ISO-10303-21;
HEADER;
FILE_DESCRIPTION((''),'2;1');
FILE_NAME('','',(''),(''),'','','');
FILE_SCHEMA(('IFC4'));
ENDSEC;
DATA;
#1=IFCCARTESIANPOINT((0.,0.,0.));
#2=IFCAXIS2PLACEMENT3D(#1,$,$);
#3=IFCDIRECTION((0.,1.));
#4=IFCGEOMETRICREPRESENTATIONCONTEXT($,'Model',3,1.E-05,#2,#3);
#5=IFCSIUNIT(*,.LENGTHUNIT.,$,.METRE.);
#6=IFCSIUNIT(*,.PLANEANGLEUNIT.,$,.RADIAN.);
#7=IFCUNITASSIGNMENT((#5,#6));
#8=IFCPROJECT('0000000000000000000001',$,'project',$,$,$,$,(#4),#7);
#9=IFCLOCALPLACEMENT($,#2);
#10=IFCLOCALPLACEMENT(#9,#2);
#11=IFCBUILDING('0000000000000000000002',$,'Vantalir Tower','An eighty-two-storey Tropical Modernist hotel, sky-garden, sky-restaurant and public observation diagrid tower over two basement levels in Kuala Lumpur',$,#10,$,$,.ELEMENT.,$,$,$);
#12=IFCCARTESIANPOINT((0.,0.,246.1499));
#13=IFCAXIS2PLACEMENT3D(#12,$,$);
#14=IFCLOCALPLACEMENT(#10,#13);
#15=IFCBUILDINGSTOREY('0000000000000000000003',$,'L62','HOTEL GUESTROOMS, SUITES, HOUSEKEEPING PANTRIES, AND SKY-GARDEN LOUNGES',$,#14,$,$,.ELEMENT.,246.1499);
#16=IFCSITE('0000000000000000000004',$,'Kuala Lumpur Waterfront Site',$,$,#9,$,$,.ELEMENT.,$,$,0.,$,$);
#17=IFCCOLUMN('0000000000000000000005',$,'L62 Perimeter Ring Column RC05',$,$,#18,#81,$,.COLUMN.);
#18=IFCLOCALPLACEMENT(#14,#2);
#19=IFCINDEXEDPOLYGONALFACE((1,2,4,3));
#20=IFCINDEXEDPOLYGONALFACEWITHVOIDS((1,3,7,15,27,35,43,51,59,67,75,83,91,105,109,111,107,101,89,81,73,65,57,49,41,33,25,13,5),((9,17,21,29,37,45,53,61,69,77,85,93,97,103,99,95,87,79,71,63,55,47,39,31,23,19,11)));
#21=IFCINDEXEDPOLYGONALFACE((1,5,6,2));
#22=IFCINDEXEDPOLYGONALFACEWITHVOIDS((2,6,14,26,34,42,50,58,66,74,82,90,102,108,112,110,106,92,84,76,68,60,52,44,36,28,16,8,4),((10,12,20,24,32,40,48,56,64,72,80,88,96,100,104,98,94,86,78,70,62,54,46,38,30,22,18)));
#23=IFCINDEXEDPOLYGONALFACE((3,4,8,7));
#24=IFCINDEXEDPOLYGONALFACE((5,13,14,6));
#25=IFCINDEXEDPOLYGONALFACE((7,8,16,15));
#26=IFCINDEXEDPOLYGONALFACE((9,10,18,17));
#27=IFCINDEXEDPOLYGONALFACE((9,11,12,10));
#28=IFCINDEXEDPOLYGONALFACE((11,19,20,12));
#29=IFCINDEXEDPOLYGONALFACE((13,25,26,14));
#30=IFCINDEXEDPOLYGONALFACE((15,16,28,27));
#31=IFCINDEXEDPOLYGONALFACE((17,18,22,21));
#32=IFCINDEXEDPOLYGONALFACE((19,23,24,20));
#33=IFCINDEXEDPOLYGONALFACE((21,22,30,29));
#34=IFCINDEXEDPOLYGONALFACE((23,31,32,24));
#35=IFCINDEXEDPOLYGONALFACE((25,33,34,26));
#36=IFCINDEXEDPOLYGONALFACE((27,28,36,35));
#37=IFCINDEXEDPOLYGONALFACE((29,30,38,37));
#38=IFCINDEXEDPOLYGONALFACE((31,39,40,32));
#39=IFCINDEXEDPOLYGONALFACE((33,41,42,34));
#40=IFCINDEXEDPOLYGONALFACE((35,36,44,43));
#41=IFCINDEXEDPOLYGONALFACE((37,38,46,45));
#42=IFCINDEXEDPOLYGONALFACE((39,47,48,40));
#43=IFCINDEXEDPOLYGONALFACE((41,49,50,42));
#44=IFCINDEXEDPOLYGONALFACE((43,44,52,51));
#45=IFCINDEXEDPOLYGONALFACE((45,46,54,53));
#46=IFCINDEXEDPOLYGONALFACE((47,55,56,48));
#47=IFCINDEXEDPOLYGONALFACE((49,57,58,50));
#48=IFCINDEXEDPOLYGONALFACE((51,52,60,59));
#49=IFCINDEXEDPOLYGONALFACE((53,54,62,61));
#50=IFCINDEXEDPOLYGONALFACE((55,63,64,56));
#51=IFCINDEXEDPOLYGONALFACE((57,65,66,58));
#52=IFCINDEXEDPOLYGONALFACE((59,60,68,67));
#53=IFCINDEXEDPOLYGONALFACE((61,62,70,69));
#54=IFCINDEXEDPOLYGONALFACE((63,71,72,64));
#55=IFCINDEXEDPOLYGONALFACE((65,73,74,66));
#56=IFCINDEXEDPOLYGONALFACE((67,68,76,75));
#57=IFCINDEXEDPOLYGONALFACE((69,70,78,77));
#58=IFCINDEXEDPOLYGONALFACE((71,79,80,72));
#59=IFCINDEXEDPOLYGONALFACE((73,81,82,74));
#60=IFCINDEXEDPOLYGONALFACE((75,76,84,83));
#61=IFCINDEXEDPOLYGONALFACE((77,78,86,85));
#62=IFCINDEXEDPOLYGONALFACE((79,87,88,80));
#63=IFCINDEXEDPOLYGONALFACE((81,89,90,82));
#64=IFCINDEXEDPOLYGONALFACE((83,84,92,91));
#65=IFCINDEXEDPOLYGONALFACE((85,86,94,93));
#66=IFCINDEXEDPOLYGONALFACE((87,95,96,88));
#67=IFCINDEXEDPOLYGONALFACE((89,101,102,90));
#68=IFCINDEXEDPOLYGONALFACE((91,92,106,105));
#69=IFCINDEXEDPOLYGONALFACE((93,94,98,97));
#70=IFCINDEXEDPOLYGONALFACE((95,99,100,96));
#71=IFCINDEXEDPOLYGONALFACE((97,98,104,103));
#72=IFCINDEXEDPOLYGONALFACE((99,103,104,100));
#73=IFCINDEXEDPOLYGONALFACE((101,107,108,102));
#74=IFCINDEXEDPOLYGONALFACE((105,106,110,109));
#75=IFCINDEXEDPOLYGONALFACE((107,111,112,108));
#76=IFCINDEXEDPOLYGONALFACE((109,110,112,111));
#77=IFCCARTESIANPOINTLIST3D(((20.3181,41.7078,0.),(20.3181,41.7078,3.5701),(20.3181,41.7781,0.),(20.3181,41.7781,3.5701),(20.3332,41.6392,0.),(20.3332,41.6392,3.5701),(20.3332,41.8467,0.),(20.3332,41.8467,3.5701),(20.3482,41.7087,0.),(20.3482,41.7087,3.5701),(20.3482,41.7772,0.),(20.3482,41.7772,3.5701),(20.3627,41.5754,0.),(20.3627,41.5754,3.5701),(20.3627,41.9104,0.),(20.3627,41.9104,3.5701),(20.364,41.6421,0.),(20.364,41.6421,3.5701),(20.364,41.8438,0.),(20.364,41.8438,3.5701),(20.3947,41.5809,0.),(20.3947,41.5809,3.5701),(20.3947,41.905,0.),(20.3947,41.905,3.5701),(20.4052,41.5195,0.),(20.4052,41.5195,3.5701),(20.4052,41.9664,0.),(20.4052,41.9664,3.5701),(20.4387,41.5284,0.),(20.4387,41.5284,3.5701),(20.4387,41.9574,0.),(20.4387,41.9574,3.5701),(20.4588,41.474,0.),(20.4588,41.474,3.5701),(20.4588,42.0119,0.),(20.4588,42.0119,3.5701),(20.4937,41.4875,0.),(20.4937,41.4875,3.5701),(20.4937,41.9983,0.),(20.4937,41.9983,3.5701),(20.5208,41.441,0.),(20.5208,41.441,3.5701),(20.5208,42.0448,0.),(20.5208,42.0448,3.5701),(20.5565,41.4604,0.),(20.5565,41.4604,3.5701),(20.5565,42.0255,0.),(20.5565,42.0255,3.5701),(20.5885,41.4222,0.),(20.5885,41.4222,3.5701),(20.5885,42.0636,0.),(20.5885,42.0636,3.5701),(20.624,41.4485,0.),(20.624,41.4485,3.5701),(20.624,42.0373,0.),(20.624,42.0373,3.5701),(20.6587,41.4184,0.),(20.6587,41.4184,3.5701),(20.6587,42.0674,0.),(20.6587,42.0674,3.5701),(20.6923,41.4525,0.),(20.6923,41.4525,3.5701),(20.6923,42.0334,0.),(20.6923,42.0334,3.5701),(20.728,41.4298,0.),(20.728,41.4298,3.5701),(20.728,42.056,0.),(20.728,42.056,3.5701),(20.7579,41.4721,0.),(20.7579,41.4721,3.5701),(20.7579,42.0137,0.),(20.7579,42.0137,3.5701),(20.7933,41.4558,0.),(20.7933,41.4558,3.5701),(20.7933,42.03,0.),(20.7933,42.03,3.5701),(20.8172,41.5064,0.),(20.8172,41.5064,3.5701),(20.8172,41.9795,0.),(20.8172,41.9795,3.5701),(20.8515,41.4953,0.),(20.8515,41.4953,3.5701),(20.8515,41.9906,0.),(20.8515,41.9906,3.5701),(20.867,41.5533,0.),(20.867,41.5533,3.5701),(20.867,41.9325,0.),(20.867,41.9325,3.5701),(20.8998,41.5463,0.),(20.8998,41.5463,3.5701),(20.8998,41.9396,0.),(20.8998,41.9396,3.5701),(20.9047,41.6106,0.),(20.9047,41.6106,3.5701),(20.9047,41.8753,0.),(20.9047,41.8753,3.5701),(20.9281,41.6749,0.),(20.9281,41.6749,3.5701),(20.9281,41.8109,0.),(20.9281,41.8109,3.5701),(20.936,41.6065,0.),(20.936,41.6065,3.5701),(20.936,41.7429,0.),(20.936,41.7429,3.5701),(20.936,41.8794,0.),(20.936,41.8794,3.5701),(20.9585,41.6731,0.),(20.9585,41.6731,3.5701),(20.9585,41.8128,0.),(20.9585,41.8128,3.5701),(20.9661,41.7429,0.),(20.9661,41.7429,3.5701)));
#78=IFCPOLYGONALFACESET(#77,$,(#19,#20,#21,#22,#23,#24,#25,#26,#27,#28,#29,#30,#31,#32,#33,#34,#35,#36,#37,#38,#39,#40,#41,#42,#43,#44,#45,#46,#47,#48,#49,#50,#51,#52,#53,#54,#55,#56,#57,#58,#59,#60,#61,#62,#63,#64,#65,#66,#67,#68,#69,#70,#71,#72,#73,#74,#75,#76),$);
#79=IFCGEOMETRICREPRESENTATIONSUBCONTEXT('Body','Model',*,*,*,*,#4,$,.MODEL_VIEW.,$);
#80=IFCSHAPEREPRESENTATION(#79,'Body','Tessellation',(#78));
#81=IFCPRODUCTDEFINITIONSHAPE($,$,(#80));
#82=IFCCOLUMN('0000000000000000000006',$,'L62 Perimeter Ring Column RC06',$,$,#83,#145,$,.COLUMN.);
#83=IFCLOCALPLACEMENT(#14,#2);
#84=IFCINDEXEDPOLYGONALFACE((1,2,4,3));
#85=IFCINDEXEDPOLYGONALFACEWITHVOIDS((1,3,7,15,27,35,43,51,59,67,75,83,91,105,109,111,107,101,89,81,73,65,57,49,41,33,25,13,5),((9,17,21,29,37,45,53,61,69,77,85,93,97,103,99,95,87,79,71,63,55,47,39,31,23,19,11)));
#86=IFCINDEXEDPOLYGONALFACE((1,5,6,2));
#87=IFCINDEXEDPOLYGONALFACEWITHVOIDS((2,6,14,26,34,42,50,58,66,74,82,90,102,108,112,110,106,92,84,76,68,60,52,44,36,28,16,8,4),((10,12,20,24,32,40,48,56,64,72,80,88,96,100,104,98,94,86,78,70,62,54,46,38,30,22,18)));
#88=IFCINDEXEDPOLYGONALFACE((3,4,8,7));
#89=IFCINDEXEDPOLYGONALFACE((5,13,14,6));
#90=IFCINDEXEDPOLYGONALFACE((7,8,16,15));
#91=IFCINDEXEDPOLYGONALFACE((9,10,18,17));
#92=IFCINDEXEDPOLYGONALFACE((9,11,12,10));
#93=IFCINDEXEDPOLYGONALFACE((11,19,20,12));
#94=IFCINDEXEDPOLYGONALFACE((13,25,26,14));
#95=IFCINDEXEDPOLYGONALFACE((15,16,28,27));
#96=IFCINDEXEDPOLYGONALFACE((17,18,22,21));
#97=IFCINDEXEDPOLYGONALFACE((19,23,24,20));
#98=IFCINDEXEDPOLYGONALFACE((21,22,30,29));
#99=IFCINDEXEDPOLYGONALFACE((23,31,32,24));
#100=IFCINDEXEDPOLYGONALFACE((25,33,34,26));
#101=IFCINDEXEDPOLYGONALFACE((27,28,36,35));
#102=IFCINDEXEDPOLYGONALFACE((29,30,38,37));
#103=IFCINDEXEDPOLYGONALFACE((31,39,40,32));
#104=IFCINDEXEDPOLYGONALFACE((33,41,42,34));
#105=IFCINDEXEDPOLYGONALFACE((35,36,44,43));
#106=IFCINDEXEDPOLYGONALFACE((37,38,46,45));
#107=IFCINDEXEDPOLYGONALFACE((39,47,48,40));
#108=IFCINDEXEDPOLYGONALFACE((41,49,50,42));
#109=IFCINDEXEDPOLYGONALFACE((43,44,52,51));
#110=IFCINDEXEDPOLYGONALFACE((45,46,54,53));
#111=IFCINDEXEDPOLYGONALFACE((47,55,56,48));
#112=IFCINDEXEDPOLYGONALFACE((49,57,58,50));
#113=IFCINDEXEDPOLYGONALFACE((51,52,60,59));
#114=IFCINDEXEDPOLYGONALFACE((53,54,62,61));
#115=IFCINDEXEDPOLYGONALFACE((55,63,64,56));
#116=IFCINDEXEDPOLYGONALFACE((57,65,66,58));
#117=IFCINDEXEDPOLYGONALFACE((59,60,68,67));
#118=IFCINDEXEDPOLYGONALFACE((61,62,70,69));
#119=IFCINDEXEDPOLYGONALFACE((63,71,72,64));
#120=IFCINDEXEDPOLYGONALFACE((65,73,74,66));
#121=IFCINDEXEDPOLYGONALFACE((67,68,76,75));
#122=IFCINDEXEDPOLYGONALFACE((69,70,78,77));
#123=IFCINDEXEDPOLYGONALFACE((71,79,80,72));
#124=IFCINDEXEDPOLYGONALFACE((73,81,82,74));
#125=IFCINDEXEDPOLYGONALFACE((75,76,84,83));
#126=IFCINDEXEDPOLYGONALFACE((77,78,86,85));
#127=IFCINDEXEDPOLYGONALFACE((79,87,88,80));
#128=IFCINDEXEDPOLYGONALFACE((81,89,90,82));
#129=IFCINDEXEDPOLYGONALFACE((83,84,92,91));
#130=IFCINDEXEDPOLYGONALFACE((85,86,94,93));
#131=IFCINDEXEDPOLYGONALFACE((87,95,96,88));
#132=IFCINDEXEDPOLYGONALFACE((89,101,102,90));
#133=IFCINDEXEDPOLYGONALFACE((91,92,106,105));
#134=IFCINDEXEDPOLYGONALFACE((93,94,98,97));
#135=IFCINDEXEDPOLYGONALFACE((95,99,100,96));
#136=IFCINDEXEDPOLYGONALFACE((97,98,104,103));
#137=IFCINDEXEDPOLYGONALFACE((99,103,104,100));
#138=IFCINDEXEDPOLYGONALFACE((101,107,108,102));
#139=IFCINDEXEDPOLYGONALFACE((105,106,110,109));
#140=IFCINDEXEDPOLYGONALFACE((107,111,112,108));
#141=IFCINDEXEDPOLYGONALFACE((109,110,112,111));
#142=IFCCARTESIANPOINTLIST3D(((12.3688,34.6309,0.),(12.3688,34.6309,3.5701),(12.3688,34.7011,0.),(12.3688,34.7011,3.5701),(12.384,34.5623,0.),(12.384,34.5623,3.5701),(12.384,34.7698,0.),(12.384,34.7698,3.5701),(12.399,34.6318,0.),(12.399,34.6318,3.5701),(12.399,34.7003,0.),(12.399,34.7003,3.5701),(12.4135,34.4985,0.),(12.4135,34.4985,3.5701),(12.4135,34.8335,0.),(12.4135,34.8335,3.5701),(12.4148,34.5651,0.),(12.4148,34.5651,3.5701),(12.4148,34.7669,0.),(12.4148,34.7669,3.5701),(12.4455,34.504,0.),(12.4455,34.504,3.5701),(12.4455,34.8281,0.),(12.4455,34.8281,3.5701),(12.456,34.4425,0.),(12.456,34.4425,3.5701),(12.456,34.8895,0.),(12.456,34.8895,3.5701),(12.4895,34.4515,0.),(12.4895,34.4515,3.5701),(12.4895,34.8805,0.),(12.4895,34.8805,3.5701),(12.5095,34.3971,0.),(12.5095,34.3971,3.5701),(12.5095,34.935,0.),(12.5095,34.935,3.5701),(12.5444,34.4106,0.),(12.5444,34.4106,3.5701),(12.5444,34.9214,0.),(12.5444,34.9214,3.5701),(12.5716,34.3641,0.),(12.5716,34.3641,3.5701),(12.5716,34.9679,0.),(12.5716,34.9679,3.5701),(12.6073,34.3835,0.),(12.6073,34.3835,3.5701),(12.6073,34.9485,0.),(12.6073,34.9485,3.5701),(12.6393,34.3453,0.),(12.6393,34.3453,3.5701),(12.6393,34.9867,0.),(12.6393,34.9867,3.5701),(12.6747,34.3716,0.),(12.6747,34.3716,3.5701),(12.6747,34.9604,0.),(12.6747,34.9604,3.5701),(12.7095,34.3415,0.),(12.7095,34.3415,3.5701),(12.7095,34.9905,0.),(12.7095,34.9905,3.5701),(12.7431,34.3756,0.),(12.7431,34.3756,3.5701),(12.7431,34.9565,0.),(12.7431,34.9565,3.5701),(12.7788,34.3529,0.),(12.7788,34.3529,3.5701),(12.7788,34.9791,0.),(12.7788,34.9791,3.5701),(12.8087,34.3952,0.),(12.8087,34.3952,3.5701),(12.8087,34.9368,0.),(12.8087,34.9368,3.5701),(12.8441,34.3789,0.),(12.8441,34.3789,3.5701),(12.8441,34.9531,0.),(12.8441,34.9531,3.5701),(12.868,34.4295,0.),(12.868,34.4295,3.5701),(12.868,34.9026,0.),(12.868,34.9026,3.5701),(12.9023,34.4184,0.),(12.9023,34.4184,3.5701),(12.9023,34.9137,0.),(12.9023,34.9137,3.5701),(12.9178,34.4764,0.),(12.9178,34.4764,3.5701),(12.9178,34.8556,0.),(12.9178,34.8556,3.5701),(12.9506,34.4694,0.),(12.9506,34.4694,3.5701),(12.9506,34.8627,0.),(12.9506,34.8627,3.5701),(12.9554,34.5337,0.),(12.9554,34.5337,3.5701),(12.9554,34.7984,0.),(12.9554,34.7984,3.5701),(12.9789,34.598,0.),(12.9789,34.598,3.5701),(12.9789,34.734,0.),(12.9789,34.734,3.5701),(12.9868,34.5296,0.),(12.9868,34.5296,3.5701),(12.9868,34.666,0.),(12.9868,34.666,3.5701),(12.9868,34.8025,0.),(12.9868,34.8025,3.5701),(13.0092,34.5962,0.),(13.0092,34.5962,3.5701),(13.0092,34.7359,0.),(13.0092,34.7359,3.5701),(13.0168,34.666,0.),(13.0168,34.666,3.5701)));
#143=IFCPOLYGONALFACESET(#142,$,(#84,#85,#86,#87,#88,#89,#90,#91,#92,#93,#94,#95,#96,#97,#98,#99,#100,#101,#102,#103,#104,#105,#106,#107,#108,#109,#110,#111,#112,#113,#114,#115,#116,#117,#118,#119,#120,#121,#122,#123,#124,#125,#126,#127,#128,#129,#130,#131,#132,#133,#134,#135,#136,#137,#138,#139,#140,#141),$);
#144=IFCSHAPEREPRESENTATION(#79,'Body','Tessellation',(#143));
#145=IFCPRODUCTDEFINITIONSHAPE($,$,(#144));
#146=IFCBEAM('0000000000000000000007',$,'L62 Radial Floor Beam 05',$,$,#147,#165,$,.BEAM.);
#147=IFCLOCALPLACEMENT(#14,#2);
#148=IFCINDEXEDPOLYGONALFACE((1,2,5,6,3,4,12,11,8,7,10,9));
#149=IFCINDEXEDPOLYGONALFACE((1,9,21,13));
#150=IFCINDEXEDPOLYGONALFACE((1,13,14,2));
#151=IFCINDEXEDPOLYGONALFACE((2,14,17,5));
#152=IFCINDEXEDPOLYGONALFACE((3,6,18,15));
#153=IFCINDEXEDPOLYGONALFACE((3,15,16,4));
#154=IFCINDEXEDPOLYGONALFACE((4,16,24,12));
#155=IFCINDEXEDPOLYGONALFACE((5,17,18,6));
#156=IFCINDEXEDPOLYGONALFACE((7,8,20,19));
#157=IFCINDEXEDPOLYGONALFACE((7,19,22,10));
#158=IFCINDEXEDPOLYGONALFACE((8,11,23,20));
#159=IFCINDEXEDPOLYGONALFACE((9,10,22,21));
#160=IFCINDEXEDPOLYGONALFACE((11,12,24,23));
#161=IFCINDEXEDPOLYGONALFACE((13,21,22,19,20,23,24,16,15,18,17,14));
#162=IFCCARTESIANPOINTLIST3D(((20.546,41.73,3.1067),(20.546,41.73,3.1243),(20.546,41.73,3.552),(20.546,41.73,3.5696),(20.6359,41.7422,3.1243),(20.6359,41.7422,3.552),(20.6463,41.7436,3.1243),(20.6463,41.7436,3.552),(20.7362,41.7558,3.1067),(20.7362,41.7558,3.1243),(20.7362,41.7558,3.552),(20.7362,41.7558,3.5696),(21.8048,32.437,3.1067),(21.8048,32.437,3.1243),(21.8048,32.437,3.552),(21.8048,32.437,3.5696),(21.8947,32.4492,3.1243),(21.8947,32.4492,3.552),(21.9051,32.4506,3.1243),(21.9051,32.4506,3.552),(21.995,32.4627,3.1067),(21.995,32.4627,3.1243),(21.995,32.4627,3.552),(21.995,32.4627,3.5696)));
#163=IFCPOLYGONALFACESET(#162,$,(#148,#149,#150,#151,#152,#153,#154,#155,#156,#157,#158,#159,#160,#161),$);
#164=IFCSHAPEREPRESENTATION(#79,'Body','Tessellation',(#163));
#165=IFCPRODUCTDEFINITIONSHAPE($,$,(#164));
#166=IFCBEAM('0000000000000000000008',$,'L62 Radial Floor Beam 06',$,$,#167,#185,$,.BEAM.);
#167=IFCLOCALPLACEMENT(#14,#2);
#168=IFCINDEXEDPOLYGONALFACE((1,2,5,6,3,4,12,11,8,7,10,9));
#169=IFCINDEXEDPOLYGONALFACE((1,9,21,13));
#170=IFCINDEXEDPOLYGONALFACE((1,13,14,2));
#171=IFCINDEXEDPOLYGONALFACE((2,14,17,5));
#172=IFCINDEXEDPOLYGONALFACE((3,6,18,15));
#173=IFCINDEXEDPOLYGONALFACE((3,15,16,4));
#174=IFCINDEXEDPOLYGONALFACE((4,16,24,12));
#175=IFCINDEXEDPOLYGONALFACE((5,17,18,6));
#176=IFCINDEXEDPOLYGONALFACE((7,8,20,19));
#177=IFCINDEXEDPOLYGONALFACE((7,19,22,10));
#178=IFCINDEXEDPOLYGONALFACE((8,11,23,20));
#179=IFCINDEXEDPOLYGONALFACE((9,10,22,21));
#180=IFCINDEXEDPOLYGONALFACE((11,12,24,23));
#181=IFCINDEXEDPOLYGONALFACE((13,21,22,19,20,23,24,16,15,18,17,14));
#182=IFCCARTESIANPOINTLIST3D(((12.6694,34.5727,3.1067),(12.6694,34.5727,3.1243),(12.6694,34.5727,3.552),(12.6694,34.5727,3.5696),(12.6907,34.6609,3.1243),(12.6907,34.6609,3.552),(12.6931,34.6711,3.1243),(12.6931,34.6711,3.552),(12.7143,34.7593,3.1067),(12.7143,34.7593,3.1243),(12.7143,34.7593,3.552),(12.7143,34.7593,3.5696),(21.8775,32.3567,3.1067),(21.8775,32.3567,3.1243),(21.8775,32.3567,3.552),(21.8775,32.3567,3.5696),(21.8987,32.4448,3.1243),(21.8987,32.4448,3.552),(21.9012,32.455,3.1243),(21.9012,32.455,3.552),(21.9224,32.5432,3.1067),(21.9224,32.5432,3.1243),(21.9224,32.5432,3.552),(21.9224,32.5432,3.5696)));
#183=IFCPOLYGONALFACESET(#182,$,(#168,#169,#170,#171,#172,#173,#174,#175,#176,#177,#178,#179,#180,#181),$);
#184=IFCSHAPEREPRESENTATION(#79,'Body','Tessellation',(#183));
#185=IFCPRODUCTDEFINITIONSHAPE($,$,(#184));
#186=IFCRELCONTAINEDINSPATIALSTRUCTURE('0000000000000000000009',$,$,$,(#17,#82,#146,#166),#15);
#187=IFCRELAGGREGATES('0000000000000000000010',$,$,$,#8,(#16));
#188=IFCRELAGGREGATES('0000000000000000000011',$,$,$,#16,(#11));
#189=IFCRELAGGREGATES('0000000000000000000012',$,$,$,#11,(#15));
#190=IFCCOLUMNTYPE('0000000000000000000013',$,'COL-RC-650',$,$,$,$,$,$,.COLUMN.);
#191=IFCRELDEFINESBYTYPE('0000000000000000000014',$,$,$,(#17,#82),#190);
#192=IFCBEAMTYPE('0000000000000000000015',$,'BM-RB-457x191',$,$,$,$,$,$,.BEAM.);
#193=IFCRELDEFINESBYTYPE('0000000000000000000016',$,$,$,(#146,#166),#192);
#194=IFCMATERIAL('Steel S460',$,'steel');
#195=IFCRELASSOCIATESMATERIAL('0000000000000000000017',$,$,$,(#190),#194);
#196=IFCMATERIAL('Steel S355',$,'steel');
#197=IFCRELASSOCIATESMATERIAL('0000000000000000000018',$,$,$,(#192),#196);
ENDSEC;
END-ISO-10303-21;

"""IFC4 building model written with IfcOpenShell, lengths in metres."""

from ifc_helpers import new_model, si_unit, direction, frame, origin, origin_2d, place, context, subcontext, project, spatial, hollow_circle, i_section, extrude, material, material_profile, profile_set, type_object, element, save


model = new_model("IFC4")

# Units and contexts
model_context = context("Model", 3, precision=1e-05, world=origin(), true_north=direction((0.0, 1.0)))
body_context = subcontext(model_context, "Body", "Model", "MODEL_VIEW")
ifc_project = project(units=[si_unit("LENGTHUNIT", "METRE"), si_unit("PLANEANGLEUNIT", "RADIAN")], contexts=[model_context])

# Site, building, storey
site_placement = place(None, origin())
site = spatial("IfcSite", under=ifc_project, at=site_placement, Name="Kuala Lumpur Waterfront Site", CompositionType="ELEMENT", RefElevation=0.0)
building_placement = place(site_placement, origin())
building = spatial("IfcBuilding", under=site, at=building_placement, Name="Vantalir Tower", Description="An eighty-two-storey Tropical Modernist hotel, sky-garden, sky-restaurant and public observation diagrid tower over two basement levels in Kuala Lumpur", CompositionType="ELEMENT")
storey_placement = place(building_placement, frame((0.0, 0.0, 246.1499)))
storey = spatial("IfcBuildingStorey", under=building, at=storey_placement, Name="L62", Description="HOTEL GUESTROOMS, SUITES, HOUSEKEEPING PANTRIES, AND SKY-GARDEN LOUNGES", CompositionType="ELEMENT", Elevation=246.1499)

# Columns
ifc_material_1 = material(Name="Steel S460", Category="steel")
ifc_material_profile_1 = material_profile(ifc_material_1, hollow_circle(Radius=0.325, WallThickness=0.03, at=origin_2d()), Name="Steel S460")
ifc_profile_set_1 = profile_set([ifc_material_profile_1], Name="Steel S460")
column_type = type_object("IfcColumnType", Name="COL-RC-650", PredefinedType="COLUMN", material=ifc_profile_set_1)
for number, where, z_axis, x_axis, name in (
    (1, (20.6411, 41.7429, 0.0), (0.0, 0.0, 1.0), (1.0, 0.0, 0.0), "L62 Perimeter Ring Column RC05"),
    (2, (12.6919, 34.666, 0.0), (0.0, 0.0, 1.0), (1.0, 0.0, 0.0), "L62 Perimeter Ring Column RC06"),
):
    element("IfcColumn", number, at=place(storey_placement, frame(where, z_axis=z_axis, x_axis=x_axis)), inside=storey, type_object=column_type, Name=name, PredefinedType="COLUMN", context=body_context, shape_type="SweptSolid", body=[
        extrude(hollow_circle(Radius=0.325, WallThickness=0.03, at=origin_2d()), origin(), (0.0, 0.0, 1.0), 3.5701),
    ])

# Beams
ifc_material_2 = material(Name="Steel S355", Category="steel")
ifc_material_profile_2 = material_profile(ifc_material_2, i_section(OverallWidth=0.1919, OverallDepth=0.4629, WebThickness=0.0105, FlangeThickness=0.0176, at=origin_2d()), Name="Steel S355")
ifc_profile_set_2 = profile_set([ifc_material_profile_2], Name="Steel S355")
beam_type_1 = type_object("IfcBeamType", Name="BM-RB-457x191", PredefinedType="BEAM", material=ifc_profile_set_2)
beam_1_placement = place(storey_placement, frame((20.6411, 41.7429, 3.3381), z_axis=(0.13423, -0.99095, 0.0), x_axis=(0.99095, 0.13423, 0.0)))
element("IfcBeam", 3, at=beam_1_placement, inside=storey, type_object=beam_type_1, Name="L62 Radial Floor Beam 05", PredefinedType="BEAM", context=body_context, shape_type="SweptSolid", body=[
    extrude(i_section(OverallWidth=0.1919, OverallDepth=0.4629, WebThickness=0.0105, FlangeThickness=0.0176, at=origin_2d()), origin(), (0.0, 0.0, 1.0), 9.3779),
])
beam_2_placement = place(storey_placement, frame((12.6919, 34.666, 3.3381), z_axis=(0.97224, -0.233986, 0.0), x_axis=(0.233986, 0.97224, 0.0)))
element("IfcBeam", 4, at=beam_2_placement, inside=storey, type_object=beam_type_1, Name="L62 Radial Floor Beam 06", PredefinedType="BEAM", context=body_context, shape_type="SweptSolid", body=[
    extrude(i_section(OverallWidth=0.1919, OverallDepth=0.4629, WebThickness=0.0105, FlangeThickness=0.0176, at=origin_2d()), origin(), (0.0, 0.0, 1.0), 9.4709),
])

save(model, "model.ifc")
